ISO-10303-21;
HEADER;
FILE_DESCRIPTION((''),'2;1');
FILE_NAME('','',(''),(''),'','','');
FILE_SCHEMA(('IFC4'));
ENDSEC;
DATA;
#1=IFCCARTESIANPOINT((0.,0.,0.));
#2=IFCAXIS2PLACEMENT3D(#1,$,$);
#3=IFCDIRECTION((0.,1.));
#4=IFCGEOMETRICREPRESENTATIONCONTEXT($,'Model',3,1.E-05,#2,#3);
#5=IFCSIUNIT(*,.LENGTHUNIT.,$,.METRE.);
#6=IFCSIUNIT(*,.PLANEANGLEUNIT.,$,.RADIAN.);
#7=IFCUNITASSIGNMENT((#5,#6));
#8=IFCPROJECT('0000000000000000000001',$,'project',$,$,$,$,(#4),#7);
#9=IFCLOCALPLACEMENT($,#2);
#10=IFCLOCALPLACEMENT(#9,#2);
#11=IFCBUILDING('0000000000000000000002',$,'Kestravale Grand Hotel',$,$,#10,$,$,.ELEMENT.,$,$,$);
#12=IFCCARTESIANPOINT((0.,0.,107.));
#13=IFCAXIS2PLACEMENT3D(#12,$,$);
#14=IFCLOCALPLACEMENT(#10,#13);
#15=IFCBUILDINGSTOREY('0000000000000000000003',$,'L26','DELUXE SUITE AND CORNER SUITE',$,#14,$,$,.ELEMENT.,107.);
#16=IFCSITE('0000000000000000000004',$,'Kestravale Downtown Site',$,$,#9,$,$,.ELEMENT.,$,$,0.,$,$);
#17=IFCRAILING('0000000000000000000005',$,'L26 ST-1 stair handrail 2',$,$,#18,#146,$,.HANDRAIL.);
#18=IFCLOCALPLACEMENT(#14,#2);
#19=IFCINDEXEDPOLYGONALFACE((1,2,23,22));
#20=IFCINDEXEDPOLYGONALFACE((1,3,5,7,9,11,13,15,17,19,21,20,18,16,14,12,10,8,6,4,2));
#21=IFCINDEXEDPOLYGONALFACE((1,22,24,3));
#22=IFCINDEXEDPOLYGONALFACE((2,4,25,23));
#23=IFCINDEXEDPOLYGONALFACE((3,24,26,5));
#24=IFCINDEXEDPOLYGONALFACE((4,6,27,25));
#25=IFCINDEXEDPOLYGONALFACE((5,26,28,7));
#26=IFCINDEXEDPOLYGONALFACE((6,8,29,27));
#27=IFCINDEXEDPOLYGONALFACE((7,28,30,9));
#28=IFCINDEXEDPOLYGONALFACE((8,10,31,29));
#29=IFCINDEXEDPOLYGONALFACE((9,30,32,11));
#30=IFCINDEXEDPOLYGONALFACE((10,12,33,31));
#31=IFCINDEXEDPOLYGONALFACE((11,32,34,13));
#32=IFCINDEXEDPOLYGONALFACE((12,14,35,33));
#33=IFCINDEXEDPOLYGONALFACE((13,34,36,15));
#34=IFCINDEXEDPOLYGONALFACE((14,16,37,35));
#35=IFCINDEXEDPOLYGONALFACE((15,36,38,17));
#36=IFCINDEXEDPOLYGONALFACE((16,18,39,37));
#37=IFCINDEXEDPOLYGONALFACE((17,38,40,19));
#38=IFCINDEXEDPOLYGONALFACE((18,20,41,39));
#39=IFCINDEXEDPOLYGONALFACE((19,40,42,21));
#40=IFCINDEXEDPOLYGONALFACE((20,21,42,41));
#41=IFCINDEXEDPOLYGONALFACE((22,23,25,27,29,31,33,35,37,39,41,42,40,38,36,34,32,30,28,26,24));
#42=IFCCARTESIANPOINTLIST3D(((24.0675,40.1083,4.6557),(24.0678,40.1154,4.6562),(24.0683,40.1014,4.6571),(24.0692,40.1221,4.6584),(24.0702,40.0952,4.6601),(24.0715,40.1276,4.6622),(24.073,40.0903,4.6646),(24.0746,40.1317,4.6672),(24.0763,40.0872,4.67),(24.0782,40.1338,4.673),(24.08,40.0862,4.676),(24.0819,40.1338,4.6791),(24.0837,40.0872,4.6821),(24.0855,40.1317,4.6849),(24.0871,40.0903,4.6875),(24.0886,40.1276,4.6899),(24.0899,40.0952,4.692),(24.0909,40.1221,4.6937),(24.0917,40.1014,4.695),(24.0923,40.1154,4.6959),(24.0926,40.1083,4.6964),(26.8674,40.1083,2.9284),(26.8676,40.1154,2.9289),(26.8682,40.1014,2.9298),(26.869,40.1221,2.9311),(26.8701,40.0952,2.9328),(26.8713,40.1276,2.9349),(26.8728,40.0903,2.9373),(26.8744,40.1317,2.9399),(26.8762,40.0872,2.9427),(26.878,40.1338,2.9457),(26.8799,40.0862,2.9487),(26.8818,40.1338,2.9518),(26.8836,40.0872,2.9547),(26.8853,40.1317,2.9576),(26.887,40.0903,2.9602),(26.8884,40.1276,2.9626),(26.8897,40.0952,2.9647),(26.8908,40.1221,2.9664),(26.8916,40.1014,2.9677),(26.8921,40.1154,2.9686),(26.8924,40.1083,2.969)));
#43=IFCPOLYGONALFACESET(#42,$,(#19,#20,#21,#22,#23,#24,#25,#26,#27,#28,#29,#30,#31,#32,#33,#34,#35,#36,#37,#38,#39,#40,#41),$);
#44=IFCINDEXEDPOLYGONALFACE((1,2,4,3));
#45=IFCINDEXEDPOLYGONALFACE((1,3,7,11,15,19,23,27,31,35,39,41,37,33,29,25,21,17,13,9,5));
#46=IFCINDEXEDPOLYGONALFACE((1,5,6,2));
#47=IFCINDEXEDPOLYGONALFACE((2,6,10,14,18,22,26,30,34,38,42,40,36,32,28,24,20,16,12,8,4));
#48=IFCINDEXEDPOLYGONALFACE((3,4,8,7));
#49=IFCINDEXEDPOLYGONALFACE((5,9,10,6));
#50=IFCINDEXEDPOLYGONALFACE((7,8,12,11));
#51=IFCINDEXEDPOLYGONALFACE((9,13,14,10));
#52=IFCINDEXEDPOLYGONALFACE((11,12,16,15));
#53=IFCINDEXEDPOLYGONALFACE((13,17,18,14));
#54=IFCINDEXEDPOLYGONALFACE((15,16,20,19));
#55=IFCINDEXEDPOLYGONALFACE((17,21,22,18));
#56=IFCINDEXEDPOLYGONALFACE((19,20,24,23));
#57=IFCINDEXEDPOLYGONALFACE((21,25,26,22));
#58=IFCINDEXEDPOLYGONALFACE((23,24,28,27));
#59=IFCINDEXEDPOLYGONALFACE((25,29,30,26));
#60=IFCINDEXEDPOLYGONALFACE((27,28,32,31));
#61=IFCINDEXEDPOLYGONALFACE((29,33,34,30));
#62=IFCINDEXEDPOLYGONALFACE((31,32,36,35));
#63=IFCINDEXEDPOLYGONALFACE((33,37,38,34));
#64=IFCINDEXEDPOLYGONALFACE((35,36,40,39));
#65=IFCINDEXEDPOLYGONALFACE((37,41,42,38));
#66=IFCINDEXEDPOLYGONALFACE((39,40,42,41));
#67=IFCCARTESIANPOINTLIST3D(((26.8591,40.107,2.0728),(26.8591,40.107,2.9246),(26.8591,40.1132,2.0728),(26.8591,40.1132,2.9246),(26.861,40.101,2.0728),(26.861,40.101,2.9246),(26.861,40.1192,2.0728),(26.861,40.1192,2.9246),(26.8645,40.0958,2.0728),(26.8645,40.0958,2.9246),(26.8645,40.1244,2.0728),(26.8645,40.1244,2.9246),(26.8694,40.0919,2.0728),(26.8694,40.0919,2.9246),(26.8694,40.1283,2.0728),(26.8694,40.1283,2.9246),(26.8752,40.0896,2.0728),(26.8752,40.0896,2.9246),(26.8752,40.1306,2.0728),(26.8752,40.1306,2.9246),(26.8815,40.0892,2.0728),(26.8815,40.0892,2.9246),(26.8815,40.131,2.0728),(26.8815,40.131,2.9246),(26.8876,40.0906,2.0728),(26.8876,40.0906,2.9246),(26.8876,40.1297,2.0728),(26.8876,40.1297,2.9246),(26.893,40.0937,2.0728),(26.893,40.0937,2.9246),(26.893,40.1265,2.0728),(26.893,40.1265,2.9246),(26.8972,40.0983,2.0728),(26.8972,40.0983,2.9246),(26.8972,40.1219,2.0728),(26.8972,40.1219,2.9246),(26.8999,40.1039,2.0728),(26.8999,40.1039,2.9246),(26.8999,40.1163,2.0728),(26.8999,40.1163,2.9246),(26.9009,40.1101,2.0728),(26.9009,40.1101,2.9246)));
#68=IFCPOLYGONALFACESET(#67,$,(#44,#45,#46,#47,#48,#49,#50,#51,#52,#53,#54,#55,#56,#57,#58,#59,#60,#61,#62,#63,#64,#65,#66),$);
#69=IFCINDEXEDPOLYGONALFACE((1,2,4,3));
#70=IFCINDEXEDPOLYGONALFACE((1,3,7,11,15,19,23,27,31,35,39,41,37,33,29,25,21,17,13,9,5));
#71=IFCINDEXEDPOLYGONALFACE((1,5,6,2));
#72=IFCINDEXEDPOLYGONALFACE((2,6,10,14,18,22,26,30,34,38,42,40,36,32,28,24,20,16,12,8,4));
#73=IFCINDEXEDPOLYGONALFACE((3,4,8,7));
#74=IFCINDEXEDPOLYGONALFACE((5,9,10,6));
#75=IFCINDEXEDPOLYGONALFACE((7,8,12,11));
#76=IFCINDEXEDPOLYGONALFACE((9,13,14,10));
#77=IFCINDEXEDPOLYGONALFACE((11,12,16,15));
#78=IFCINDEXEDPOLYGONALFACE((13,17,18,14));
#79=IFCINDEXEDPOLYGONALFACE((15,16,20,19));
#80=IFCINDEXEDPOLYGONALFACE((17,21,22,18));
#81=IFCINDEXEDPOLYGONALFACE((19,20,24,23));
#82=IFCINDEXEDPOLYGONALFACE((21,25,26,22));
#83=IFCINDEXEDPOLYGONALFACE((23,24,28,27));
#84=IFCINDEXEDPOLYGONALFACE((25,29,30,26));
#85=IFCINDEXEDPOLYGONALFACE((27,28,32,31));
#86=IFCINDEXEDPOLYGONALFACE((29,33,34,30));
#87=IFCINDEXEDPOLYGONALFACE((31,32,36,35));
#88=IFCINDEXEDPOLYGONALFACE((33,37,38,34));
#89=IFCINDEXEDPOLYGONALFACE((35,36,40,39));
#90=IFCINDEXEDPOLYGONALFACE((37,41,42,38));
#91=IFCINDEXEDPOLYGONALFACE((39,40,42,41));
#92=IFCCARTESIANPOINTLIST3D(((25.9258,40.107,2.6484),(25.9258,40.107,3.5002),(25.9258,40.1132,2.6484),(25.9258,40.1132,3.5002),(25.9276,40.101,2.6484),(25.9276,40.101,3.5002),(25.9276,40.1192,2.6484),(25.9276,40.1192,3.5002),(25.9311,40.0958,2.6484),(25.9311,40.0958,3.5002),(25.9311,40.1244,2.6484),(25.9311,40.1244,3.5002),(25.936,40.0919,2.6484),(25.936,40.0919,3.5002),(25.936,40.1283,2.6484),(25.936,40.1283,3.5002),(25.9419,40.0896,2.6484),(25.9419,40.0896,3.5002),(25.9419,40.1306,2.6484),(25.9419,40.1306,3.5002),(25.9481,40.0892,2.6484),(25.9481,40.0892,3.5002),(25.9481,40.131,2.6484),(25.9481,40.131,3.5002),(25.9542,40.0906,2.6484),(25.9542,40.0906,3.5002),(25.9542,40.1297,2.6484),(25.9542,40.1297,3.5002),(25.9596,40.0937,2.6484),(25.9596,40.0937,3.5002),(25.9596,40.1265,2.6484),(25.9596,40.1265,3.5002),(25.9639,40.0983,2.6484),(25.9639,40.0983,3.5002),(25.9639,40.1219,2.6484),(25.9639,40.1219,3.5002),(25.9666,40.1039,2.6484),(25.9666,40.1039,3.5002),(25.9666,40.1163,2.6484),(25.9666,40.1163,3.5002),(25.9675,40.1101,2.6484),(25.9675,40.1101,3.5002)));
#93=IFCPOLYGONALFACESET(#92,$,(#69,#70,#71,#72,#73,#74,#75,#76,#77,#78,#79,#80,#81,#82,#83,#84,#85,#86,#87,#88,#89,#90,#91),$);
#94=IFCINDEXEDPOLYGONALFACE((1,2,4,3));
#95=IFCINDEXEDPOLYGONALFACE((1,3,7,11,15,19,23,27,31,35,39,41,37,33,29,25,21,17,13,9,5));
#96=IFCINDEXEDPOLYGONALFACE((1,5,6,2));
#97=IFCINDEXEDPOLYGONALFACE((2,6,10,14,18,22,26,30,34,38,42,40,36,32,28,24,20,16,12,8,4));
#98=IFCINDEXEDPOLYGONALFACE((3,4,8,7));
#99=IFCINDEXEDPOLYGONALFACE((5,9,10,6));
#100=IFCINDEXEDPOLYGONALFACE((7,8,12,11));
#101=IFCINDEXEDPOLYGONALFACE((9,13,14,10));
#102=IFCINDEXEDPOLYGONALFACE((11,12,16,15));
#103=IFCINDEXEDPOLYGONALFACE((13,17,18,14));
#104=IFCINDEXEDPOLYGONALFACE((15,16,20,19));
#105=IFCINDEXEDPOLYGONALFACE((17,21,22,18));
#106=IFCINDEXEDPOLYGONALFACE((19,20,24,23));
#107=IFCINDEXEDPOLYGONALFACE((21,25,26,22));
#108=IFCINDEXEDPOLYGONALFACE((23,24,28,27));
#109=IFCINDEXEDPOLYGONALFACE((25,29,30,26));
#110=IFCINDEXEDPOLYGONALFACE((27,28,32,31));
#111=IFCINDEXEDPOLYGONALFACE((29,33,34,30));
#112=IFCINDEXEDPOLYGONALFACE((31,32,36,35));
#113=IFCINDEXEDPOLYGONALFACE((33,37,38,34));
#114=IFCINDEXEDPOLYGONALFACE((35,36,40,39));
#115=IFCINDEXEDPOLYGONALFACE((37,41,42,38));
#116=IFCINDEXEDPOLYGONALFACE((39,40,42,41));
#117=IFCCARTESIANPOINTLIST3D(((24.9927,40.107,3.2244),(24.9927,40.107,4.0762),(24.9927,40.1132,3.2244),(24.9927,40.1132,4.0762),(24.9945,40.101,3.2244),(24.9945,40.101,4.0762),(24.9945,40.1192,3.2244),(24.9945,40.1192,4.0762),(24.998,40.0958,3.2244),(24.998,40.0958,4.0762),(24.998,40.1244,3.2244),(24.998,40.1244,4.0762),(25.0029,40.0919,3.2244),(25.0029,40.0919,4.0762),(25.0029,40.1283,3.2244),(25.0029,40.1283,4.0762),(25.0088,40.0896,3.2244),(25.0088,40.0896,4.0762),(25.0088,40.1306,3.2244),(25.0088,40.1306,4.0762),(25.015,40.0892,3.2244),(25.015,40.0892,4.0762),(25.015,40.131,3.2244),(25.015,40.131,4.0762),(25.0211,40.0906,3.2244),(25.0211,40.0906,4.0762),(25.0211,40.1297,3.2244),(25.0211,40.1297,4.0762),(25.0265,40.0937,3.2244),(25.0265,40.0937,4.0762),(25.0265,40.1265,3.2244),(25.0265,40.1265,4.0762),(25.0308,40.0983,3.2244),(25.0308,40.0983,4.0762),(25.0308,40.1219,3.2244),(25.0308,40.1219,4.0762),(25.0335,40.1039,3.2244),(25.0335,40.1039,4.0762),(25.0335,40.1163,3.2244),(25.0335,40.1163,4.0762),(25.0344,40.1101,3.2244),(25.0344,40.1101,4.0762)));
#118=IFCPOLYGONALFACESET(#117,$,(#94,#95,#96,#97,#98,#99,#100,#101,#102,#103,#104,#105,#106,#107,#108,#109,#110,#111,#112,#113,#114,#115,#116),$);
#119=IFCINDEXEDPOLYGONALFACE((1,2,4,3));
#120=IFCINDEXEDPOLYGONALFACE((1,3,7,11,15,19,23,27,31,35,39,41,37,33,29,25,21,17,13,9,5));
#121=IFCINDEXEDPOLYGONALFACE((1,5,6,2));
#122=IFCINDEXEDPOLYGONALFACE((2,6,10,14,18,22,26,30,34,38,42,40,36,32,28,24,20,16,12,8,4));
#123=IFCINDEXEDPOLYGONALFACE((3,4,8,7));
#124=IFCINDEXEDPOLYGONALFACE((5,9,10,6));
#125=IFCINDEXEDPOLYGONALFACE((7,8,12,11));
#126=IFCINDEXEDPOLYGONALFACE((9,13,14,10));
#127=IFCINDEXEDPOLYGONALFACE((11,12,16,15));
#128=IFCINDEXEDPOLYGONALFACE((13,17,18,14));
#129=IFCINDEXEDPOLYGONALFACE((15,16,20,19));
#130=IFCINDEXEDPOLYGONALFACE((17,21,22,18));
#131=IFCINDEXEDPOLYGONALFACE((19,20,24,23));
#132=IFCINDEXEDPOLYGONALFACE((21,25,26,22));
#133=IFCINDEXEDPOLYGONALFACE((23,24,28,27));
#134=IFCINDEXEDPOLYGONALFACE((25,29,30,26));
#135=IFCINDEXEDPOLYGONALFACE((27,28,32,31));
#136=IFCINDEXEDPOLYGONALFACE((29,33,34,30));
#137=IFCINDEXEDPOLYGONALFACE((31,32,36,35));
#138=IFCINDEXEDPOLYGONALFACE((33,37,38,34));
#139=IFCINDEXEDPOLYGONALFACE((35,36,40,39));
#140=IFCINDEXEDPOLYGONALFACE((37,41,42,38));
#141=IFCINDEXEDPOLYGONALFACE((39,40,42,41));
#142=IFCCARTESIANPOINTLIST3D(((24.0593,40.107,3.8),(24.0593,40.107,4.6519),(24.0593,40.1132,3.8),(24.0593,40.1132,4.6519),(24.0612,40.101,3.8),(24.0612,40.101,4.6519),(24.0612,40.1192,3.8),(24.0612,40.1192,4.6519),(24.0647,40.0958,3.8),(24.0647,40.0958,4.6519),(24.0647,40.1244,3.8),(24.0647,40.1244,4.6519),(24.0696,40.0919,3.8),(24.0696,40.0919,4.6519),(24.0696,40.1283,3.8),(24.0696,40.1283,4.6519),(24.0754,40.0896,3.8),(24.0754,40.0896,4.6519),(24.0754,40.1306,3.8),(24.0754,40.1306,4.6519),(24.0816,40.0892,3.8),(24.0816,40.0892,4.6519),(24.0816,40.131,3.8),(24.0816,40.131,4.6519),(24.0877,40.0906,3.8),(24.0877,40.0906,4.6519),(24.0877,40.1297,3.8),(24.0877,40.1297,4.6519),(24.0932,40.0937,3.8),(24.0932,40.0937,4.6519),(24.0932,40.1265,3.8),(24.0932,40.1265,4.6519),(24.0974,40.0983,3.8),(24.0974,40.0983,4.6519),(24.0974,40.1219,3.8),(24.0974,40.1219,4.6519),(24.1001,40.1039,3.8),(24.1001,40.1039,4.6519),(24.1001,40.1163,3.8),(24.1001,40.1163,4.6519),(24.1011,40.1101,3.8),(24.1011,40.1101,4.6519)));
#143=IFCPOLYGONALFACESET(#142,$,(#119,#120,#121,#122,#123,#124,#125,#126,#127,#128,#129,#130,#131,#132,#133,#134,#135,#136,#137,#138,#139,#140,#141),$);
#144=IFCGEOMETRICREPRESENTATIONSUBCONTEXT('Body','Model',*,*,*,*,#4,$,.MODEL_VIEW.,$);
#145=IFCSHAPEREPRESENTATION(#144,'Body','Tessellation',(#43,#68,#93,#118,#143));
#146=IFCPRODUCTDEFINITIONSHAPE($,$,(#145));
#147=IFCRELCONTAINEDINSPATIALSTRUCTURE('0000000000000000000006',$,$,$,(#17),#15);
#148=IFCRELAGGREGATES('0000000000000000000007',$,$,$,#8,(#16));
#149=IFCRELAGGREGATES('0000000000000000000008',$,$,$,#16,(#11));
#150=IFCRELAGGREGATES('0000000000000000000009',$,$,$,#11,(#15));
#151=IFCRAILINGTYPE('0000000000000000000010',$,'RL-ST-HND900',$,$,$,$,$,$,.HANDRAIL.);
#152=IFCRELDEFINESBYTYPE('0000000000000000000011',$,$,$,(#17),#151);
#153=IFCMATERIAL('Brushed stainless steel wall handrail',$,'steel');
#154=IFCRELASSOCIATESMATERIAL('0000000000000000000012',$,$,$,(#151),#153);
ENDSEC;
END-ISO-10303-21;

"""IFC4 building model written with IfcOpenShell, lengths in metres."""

from ifc_helpers import new_model, si_unit, direction, frame, origin, origin_2d, place, context, subcontext, project, spatial, circle, extrude, material, type_object, element, save


model = new_model("IFC4")

# Units and contexts
model_context = context("Model", 3, precision=1e-05, world=origin(), true_north=direction((0.0, 1.0)))
body_context = subcontext(model_context, "Body", "Model", "MODEL_VIEW")
ifc_project = project(units=[si_unit("LENGTHUNIT", "METRE"), si_unit("PLANEANGLEUNIT", "RADIAN")], contexts=[model_context])

# Site, building, storey
site_placement = place(None, origin())
site = spatial("IfcSite", under=ifc_project, at=site_placement, Name="Kestravale Downtown Site", CompositionType="ELEMENT", RefElevation=0.0)
building_placement = place(site_placement, origin())
building = spatial("IfcBuilding", under=site, at=building_placement, Name="Kestravale Grand Hotel", CompositionType="ELEMENT")
storey_placement = place(building_placement, frame((0.0, 0.0, 107.0)))
storey = spatial("IfcBuildingStorey", under=building, at=storey_placement, Name="L26", Description="DELUXE SUITE AND CORNER SUITE", CompositionType="ELEMENT", Elevation=107.0)

# Railing
ifc_material_1 = material(Name="Brushed stainless steel wall handrail", Category="steel")
railing_type_1 = type_object("IfcRailingType", Name="RL-ST-HND900", PredefinedType="HANDRAIL", material=ifc_material_1)
railing_1_placement = place(storey_placement, frame((26.8799, 40.1101, 2.0728)))
element("IfcRailing", 1, at=railing_1_placement, inside=storey, type_object=railing_type_1, Name="L26 ST-1 stair handrail 2", PredefinedType="HANDRAIL", context=body_context, shape_type="SweptSolid", body=[
    extrude(circle(Radius=0.0239, at=origin_2d()), frame((0.0, 0.0, 0.876), z_axis=(-0.851069, 0.0, 0.525054), x_axis=(0.0, -1.0, 0.0)), (0.0, 0.0, 1.0), 3.2898),
    extrude(circle(Radius=0.021, at=origin_2d()), origin(), (0.0, 0.0, 1.0), 0.8518),
    extrude(circle(Radius=0.021, at=origin_2d()), frame((-0.9333, 0.0, 0.5757)), (0.0, 0.0, 1.0), 0.8518),
    extrude(circle(Radius=0.021, at=origin_2d()), frame((-1.8665, 0.0, 1.1516)), (0.0, 0.0, 1.0), 0.8518),
    extrude(circle(Radius=0.021, at=origin_2d()), frame((-2.7998, 0.0, 1.7273)), (0.0, 0.0, 1.0), 0.8518),
])

save(model, "model.ifc")
